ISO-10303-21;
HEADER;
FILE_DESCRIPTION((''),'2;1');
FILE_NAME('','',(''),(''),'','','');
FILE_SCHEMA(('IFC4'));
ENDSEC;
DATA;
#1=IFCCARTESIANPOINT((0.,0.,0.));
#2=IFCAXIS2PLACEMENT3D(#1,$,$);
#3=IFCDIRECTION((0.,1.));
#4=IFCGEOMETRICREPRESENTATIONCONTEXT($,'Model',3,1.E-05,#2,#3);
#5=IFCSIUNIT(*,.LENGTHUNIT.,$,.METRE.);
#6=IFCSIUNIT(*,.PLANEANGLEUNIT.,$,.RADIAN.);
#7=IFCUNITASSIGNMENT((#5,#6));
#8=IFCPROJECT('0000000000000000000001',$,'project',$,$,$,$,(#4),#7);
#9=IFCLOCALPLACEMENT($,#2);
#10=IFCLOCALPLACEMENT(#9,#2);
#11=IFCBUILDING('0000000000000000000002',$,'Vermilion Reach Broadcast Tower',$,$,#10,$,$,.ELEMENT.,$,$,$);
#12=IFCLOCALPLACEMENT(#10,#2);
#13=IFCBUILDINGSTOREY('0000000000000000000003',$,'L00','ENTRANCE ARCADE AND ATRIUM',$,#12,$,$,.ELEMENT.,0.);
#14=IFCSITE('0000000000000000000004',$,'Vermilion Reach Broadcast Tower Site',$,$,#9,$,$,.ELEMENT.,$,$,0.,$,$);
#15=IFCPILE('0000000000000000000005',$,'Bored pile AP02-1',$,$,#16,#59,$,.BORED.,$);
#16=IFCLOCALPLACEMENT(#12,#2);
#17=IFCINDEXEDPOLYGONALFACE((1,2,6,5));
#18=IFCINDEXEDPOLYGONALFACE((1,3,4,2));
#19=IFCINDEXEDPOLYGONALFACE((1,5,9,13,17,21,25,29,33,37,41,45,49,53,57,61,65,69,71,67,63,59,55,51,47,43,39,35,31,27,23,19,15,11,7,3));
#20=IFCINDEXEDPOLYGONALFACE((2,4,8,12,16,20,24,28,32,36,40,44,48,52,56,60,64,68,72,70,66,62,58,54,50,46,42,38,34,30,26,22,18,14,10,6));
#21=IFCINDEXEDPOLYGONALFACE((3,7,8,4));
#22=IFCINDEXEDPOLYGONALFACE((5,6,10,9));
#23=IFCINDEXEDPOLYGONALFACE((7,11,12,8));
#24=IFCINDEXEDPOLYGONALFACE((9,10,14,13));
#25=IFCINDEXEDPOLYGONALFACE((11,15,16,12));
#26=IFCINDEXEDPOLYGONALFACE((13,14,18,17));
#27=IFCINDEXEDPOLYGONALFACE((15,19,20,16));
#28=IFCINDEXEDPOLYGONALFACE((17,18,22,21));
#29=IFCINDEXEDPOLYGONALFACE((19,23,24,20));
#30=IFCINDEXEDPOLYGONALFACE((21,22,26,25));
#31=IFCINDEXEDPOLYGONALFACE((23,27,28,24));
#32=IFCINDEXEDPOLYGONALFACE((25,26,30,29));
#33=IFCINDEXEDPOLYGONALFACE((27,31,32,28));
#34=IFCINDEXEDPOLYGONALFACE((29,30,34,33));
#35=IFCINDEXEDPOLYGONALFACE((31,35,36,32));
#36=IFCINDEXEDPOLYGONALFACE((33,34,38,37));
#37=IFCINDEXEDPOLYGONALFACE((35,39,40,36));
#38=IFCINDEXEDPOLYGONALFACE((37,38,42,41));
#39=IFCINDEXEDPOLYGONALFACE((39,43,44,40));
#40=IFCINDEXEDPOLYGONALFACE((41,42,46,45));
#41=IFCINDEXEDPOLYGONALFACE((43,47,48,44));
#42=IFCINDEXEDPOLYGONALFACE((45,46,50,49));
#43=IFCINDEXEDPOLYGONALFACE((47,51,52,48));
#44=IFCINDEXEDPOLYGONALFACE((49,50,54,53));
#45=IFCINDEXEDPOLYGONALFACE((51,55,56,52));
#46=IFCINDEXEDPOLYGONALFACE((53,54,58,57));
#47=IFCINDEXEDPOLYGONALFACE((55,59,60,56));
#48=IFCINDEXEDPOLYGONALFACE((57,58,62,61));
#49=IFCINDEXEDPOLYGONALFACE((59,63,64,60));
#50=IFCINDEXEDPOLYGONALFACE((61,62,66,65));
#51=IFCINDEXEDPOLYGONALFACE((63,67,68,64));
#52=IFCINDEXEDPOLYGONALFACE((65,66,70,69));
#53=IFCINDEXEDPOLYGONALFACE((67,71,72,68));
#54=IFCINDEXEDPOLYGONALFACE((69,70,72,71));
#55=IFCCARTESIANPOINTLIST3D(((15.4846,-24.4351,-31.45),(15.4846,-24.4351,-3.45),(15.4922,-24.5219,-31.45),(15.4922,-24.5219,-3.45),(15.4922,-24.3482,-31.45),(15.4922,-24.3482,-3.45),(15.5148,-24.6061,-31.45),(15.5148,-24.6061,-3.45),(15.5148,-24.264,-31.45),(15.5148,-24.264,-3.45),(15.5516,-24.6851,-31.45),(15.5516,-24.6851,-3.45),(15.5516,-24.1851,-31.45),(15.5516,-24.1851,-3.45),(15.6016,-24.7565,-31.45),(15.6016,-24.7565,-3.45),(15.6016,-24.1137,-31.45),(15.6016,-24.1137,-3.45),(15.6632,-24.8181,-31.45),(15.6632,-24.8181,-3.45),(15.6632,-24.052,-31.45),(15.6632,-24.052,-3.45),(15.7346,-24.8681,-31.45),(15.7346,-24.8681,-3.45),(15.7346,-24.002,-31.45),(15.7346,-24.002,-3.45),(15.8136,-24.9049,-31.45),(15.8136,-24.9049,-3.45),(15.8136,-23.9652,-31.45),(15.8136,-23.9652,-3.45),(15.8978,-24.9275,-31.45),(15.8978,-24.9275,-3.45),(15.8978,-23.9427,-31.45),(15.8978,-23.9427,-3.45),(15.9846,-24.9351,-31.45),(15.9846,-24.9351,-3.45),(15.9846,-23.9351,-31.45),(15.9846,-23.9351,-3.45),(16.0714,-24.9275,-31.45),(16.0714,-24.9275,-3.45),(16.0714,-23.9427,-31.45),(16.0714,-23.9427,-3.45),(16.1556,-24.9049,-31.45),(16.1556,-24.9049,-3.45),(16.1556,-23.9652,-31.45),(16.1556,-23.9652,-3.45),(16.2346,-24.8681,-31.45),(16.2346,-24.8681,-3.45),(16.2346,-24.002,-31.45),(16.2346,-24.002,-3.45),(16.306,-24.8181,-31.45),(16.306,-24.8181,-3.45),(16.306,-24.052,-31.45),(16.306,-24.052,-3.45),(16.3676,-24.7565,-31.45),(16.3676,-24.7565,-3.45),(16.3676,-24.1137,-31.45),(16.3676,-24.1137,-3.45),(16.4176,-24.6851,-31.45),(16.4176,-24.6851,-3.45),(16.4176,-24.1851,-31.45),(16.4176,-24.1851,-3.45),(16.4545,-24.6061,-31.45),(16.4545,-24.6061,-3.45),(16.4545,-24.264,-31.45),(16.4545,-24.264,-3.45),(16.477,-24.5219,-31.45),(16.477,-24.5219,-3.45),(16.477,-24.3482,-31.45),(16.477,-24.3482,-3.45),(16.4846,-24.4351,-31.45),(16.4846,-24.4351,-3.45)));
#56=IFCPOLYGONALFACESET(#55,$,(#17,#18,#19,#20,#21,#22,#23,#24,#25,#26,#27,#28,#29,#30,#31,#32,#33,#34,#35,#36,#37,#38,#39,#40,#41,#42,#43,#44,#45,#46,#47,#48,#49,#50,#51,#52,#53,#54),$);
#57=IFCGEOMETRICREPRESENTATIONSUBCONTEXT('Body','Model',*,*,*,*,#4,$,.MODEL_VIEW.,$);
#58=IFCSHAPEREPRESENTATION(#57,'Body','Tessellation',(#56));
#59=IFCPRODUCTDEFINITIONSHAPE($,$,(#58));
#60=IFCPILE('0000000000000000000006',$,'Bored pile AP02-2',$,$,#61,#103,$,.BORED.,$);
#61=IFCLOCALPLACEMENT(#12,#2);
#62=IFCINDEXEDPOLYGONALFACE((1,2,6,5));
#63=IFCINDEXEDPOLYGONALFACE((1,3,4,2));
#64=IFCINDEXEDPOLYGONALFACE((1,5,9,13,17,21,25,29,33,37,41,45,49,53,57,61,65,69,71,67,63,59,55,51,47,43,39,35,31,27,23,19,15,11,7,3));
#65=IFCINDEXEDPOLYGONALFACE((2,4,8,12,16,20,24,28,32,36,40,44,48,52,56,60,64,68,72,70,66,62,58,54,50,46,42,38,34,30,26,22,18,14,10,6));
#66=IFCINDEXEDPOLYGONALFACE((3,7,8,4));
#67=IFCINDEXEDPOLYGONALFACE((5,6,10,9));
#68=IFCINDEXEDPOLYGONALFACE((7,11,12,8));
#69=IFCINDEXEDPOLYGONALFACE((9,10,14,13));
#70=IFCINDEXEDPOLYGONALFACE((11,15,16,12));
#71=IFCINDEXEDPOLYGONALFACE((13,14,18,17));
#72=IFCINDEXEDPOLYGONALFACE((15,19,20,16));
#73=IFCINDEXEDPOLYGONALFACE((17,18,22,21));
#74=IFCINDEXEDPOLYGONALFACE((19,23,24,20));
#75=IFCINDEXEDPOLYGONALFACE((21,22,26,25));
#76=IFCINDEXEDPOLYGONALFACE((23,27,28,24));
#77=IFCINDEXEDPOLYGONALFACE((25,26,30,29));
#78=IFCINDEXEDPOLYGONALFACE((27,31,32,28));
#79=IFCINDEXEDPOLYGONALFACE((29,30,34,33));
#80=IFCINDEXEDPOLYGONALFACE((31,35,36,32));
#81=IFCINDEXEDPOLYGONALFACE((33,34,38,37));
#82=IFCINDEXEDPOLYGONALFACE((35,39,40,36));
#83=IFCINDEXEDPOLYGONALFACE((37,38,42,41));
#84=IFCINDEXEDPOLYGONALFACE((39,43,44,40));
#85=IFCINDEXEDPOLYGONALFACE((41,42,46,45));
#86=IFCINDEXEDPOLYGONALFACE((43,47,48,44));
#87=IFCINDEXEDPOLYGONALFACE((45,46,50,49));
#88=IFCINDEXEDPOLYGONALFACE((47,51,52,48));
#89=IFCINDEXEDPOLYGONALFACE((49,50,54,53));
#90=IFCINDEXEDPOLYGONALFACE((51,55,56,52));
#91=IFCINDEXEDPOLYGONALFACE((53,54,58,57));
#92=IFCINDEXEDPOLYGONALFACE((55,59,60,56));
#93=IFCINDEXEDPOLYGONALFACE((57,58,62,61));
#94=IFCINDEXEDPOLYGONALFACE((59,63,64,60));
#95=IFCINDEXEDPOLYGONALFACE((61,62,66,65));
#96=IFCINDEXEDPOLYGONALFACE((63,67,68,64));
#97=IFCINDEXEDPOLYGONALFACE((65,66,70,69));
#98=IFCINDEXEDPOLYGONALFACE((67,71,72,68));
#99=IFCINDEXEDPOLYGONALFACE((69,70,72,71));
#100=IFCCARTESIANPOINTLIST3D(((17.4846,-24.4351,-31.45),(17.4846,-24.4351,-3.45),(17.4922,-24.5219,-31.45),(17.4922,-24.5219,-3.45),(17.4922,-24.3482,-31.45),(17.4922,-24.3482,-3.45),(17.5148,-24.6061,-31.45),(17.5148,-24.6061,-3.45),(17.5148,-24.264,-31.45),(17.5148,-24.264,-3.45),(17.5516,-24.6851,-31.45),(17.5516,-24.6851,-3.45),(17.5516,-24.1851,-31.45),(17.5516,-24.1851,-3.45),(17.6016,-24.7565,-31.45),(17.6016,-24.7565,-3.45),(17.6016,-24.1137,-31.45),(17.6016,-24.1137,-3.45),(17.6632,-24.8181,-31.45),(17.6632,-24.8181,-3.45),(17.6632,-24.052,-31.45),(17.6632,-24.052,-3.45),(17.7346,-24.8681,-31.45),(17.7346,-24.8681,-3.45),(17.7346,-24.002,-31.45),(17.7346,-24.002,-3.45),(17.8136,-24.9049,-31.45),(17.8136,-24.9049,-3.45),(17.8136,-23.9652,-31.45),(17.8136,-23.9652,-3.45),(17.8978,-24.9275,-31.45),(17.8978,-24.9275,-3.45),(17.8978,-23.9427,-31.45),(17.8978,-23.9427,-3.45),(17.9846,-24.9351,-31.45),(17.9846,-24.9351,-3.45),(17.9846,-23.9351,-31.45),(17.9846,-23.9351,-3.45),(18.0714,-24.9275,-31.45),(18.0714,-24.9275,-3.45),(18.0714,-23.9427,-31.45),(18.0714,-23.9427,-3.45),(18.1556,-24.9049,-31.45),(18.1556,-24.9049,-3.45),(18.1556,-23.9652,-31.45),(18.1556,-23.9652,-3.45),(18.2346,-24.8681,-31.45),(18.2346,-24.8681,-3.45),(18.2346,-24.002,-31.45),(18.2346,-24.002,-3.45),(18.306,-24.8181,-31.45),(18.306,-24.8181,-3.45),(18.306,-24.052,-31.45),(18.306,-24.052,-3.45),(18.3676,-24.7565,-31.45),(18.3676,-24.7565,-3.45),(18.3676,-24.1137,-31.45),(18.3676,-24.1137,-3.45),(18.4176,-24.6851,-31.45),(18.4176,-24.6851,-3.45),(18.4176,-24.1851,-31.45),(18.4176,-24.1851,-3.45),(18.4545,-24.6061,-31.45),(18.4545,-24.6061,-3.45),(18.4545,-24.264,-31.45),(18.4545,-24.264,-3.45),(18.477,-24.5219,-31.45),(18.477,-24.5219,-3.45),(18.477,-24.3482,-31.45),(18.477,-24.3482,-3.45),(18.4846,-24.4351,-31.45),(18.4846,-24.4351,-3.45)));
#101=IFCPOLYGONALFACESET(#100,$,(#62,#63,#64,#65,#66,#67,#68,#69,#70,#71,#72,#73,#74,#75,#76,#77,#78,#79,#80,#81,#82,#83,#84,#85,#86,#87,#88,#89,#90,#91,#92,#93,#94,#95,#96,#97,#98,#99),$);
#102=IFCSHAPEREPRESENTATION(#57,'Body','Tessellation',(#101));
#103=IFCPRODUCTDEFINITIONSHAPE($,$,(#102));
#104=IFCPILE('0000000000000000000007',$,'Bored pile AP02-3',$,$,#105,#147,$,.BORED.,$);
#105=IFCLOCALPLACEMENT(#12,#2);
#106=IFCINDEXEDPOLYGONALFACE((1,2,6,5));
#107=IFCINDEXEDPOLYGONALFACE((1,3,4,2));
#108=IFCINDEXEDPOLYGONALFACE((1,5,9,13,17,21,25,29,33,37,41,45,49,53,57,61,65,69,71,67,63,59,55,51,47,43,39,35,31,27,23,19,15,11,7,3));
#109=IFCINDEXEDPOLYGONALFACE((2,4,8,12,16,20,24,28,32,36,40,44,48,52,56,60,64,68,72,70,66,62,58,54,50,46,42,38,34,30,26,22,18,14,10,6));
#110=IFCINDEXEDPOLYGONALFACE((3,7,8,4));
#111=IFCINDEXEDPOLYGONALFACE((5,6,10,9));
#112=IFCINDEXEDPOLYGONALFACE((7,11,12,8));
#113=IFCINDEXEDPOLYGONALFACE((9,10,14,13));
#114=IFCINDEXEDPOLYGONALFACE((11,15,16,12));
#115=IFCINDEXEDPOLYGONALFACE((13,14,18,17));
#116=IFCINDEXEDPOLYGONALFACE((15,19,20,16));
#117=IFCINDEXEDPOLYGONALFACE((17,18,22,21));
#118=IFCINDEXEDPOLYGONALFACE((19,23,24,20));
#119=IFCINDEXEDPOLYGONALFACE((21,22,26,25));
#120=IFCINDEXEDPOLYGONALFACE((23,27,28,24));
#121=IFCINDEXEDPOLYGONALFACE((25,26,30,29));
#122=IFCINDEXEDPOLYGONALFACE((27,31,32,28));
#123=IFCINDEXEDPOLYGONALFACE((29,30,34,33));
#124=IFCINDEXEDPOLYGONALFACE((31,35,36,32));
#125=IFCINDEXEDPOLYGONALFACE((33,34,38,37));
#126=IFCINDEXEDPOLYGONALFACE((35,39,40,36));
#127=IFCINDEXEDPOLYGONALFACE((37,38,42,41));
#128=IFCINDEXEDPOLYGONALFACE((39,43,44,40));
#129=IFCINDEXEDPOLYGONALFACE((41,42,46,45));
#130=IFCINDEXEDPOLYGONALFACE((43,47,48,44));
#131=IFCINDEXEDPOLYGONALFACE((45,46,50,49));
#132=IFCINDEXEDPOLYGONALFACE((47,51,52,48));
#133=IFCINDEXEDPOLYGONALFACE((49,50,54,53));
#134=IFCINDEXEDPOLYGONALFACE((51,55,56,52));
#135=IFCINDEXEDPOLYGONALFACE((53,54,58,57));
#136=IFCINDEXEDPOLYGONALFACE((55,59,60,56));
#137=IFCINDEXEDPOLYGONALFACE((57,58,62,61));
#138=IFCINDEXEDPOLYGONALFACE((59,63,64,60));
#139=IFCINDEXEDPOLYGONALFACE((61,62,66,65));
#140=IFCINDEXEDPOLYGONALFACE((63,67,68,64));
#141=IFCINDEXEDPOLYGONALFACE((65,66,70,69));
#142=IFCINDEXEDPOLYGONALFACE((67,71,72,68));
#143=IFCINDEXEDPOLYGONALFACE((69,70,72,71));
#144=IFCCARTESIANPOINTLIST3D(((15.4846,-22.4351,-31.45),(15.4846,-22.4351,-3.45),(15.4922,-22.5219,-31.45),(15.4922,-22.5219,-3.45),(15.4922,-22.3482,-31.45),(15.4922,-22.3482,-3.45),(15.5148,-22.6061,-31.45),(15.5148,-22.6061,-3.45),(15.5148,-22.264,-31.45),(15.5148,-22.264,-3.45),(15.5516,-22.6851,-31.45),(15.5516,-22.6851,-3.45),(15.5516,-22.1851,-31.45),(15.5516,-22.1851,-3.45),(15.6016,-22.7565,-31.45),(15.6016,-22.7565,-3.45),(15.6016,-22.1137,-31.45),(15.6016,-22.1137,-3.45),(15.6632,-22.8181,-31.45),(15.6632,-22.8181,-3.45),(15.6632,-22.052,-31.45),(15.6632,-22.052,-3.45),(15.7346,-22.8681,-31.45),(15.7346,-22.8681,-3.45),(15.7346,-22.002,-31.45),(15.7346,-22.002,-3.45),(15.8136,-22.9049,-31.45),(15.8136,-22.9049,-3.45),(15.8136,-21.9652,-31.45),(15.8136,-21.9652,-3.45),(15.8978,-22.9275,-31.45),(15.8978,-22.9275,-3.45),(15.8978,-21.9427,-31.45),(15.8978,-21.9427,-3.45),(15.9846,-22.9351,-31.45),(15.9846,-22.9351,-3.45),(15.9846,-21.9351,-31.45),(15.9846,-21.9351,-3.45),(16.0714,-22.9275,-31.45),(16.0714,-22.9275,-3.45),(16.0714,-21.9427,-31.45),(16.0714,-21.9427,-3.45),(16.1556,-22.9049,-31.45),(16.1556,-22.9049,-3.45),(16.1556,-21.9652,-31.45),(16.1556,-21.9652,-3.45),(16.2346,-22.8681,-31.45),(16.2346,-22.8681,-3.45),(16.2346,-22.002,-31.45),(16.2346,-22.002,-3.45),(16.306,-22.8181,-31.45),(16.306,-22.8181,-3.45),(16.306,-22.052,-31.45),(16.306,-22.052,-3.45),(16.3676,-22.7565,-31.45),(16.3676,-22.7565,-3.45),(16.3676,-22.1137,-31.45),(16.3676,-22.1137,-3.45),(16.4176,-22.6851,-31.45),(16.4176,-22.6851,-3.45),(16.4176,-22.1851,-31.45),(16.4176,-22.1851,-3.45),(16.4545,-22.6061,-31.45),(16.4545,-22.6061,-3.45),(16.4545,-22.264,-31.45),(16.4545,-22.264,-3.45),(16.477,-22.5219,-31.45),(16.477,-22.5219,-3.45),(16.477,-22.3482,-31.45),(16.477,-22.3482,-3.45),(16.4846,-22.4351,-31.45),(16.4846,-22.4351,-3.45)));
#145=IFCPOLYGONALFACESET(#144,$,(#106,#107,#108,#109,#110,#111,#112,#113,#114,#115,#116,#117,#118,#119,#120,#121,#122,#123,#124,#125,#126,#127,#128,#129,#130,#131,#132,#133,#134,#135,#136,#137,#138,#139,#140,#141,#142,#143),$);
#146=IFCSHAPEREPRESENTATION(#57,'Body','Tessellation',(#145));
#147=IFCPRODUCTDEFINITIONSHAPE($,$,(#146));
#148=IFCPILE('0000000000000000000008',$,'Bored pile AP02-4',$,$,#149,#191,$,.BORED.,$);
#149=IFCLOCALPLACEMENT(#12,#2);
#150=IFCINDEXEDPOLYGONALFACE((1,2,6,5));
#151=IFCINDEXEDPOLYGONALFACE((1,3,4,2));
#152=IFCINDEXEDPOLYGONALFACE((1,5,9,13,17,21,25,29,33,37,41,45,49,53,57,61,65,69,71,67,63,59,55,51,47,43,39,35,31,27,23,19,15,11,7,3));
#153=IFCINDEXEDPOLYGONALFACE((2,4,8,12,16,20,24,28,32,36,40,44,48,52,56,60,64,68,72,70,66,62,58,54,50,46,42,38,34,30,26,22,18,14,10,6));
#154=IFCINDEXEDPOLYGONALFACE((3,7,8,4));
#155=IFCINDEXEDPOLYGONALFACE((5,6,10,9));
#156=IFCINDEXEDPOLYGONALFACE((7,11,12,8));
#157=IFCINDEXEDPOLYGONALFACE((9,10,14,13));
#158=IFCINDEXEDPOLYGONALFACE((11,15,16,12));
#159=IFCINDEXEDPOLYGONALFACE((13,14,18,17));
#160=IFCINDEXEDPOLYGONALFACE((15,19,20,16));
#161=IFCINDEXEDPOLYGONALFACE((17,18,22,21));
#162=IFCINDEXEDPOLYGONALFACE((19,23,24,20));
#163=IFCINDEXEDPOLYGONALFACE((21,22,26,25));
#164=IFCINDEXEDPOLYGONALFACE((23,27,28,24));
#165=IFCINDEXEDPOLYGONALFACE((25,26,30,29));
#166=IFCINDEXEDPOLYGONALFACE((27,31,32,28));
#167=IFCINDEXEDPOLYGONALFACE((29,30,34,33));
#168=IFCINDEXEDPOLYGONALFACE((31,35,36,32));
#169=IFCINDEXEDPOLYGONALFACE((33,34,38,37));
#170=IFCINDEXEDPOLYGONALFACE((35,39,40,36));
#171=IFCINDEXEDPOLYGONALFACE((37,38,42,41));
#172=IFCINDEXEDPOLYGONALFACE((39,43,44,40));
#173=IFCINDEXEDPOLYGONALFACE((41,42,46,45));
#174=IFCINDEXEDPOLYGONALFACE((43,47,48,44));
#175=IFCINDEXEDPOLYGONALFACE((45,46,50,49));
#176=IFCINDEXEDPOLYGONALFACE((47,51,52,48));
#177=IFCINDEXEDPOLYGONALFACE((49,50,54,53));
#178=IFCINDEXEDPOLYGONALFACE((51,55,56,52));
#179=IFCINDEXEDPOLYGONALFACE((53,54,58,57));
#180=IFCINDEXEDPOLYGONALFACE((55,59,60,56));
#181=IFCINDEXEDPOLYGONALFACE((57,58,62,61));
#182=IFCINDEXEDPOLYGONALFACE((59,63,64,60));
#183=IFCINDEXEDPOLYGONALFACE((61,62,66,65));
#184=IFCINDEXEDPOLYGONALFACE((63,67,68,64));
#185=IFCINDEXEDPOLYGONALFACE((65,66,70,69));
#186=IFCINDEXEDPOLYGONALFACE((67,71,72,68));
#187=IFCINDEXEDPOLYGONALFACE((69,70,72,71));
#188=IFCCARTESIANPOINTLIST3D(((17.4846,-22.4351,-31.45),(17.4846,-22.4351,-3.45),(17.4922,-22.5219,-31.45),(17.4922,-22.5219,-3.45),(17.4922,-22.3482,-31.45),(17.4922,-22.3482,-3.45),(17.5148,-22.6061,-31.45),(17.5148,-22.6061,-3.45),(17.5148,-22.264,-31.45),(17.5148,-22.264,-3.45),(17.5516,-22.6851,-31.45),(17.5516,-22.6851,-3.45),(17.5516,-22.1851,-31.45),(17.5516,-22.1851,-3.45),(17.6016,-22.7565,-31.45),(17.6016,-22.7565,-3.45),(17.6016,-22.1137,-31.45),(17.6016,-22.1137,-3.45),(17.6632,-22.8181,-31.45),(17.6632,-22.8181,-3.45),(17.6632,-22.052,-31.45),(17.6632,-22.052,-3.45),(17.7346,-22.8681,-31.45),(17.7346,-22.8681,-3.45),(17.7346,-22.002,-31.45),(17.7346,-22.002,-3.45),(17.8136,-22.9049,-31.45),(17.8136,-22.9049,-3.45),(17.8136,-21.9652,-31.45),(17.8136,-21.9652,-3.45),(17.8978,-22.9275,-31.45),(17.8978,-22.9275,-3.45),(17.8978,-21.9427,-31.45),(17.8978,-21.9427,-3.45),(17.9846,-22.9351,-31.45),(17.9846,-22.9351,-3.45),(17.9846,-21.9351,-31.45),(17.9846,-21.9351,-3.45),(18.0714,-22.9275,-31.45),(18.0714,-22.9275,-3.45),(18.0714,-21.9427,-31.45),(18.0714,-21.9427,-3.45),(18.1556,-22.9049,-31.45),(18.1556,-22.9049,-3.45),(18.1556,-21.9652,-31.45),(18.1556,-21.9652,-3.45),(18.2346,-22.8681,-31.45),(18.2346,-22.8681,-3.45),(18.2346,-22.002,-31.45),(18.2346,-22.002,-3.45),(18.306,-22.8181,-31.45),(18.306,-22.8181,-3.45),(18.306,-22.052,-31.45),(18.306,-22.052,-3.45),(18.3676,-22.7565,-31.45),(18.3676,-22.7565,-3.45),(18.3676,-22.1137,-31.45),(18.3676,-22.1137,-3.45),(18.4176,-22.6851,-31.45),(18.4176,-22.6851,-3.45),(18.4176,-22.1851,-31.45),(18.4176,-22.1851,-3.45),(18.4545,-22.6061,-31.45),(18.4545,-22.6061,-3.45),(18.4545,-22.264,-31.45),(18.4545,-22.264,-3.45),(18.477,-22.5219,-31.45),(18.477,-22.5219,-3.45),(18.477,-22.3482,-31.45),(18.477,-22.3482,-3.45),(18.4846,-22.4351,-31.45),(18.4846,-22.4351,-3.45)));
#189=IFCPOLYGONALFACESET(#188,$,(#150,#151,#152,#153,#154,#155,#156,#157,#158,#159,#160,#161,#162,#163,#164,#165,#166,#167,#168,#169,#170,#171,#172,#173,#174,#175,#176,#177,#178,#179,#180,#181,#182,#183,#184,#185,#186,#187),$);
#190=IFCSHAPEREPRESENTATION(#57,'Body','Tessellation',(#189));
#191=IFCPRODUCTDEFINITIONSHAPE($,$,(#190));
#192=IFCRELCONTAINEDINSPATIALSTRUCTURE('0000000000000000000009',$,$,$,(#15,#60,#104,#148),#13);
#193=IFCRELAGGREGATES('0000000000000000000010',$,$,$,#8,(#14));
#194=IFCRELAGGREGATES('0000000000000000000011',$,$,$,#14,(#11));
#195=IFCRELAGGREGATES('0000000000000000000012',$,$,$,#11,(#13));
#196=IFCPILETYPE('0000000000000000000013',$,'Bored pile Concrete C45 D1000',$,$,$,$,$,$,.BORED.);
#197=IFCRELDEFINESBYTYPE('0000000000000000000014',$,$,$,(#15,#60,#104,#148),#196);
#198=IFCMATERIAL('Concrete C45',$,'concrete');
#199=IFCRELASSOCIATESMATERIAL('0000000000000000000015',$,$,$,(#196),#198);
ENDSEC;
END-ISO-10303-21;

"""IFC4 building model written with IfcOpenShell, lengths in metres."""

from ifc_helpers import new_model, si_unit, direction, frame, origin, origin_2d, place, context, subcontext, project, spatial, circle, extrude, material, material_profile, profile_set, type_object, element, save


model = new_model("IFC4")

# Units and contexts
model_context = context("Model", 3, precision=1e-05, world=origin(), true_north=direction((0.0, 1.0)))
body_context = subcontext(model_context, "Body", "Model", "MODEL_VIEW")
ifc_project = project(units=[si_unit("LENGTHUNIT", "METRE"), si_unit("PLANEANGLEUNIT", "RADIAN")], contexts=[model_context])

# Site, building, storey
site_placement = place(None, origin())
site = spatial("IfcSite", under=ifc_project, at=site_placement, Name="Vermilion Reach Broadcast Tower Site", CompositionType="ELEMENT", RefElevation=0.0)
building_placement = place(site_placement, origin())
building = spatial("IfcBuilding", under=site, at=building_placement, Name="Vermilion Reach Broadcast Tower", CompositionType="ELEMENT")
storey_placement = place(building_placement, origin())
storey = spatial("IfcBuildingStorey", under=building, at=storey_placement, Name="L00", Description="ENTRANCE ARCADE AND ATRIUM", CompositionType="ELEMENT", Elevation=0.0)

# Piles
ifc_material_1 = material(Name="Concrete C45", Category="concrete")
ifc_material_profile_1 = material_profile(ifc_material_1, circle(Radius=0.5, at=origin_2d()), Name="Concrete C45 D1000")
ifc_profile_set_1 = profile_set([ifc_material_profile_1], Name="Concrete C45")
pile_type = type_object("IfcPileType", Name="Bored pile Concrete C45 D1000", PredefinedType="BORED", material=ifc_profile_set_1)
for number, where, z_axis, x_axis, name in (
    (1, (15.9846, -24.4351, -3.45), (0.0, 0.0, -1.0), (1.0, 0.0, 0.0), "Bored pile AP02-1"),
    (2, (17.9846, -24.4351, -3.45), (0.0, 0.0, -1.0), (1.0, 0.0, 0.0), "Bored pile AP02-2"),
    (3, (15.9846, -22.4351, -3.45), (0.0, 0.0, -1.0), (1.0, 0.0, 0.0), "Bored pile AP02-3"),
    (4, (17.9846, -22.4351, -3.45), (0.0, 0.0, -1.0), (1.0, 0.0, 0.0), "Bored pile AP02-4"),
):
    element("IfcPile", number, at=place(storey_placement, frame(where, z_axis=z_axis, x_axis=x_axis)), inside=storey, type_object=pile_type, Name=name, PredefinedType="BORED", context=body_context, shape_type="SweptSolid", body=[
        extrude(circle(Radius=0.5, at=origin_2d()), origin(), (0.0, 0.0, 1.0), 28.0),
    ])

save(model, "model.ifc")
